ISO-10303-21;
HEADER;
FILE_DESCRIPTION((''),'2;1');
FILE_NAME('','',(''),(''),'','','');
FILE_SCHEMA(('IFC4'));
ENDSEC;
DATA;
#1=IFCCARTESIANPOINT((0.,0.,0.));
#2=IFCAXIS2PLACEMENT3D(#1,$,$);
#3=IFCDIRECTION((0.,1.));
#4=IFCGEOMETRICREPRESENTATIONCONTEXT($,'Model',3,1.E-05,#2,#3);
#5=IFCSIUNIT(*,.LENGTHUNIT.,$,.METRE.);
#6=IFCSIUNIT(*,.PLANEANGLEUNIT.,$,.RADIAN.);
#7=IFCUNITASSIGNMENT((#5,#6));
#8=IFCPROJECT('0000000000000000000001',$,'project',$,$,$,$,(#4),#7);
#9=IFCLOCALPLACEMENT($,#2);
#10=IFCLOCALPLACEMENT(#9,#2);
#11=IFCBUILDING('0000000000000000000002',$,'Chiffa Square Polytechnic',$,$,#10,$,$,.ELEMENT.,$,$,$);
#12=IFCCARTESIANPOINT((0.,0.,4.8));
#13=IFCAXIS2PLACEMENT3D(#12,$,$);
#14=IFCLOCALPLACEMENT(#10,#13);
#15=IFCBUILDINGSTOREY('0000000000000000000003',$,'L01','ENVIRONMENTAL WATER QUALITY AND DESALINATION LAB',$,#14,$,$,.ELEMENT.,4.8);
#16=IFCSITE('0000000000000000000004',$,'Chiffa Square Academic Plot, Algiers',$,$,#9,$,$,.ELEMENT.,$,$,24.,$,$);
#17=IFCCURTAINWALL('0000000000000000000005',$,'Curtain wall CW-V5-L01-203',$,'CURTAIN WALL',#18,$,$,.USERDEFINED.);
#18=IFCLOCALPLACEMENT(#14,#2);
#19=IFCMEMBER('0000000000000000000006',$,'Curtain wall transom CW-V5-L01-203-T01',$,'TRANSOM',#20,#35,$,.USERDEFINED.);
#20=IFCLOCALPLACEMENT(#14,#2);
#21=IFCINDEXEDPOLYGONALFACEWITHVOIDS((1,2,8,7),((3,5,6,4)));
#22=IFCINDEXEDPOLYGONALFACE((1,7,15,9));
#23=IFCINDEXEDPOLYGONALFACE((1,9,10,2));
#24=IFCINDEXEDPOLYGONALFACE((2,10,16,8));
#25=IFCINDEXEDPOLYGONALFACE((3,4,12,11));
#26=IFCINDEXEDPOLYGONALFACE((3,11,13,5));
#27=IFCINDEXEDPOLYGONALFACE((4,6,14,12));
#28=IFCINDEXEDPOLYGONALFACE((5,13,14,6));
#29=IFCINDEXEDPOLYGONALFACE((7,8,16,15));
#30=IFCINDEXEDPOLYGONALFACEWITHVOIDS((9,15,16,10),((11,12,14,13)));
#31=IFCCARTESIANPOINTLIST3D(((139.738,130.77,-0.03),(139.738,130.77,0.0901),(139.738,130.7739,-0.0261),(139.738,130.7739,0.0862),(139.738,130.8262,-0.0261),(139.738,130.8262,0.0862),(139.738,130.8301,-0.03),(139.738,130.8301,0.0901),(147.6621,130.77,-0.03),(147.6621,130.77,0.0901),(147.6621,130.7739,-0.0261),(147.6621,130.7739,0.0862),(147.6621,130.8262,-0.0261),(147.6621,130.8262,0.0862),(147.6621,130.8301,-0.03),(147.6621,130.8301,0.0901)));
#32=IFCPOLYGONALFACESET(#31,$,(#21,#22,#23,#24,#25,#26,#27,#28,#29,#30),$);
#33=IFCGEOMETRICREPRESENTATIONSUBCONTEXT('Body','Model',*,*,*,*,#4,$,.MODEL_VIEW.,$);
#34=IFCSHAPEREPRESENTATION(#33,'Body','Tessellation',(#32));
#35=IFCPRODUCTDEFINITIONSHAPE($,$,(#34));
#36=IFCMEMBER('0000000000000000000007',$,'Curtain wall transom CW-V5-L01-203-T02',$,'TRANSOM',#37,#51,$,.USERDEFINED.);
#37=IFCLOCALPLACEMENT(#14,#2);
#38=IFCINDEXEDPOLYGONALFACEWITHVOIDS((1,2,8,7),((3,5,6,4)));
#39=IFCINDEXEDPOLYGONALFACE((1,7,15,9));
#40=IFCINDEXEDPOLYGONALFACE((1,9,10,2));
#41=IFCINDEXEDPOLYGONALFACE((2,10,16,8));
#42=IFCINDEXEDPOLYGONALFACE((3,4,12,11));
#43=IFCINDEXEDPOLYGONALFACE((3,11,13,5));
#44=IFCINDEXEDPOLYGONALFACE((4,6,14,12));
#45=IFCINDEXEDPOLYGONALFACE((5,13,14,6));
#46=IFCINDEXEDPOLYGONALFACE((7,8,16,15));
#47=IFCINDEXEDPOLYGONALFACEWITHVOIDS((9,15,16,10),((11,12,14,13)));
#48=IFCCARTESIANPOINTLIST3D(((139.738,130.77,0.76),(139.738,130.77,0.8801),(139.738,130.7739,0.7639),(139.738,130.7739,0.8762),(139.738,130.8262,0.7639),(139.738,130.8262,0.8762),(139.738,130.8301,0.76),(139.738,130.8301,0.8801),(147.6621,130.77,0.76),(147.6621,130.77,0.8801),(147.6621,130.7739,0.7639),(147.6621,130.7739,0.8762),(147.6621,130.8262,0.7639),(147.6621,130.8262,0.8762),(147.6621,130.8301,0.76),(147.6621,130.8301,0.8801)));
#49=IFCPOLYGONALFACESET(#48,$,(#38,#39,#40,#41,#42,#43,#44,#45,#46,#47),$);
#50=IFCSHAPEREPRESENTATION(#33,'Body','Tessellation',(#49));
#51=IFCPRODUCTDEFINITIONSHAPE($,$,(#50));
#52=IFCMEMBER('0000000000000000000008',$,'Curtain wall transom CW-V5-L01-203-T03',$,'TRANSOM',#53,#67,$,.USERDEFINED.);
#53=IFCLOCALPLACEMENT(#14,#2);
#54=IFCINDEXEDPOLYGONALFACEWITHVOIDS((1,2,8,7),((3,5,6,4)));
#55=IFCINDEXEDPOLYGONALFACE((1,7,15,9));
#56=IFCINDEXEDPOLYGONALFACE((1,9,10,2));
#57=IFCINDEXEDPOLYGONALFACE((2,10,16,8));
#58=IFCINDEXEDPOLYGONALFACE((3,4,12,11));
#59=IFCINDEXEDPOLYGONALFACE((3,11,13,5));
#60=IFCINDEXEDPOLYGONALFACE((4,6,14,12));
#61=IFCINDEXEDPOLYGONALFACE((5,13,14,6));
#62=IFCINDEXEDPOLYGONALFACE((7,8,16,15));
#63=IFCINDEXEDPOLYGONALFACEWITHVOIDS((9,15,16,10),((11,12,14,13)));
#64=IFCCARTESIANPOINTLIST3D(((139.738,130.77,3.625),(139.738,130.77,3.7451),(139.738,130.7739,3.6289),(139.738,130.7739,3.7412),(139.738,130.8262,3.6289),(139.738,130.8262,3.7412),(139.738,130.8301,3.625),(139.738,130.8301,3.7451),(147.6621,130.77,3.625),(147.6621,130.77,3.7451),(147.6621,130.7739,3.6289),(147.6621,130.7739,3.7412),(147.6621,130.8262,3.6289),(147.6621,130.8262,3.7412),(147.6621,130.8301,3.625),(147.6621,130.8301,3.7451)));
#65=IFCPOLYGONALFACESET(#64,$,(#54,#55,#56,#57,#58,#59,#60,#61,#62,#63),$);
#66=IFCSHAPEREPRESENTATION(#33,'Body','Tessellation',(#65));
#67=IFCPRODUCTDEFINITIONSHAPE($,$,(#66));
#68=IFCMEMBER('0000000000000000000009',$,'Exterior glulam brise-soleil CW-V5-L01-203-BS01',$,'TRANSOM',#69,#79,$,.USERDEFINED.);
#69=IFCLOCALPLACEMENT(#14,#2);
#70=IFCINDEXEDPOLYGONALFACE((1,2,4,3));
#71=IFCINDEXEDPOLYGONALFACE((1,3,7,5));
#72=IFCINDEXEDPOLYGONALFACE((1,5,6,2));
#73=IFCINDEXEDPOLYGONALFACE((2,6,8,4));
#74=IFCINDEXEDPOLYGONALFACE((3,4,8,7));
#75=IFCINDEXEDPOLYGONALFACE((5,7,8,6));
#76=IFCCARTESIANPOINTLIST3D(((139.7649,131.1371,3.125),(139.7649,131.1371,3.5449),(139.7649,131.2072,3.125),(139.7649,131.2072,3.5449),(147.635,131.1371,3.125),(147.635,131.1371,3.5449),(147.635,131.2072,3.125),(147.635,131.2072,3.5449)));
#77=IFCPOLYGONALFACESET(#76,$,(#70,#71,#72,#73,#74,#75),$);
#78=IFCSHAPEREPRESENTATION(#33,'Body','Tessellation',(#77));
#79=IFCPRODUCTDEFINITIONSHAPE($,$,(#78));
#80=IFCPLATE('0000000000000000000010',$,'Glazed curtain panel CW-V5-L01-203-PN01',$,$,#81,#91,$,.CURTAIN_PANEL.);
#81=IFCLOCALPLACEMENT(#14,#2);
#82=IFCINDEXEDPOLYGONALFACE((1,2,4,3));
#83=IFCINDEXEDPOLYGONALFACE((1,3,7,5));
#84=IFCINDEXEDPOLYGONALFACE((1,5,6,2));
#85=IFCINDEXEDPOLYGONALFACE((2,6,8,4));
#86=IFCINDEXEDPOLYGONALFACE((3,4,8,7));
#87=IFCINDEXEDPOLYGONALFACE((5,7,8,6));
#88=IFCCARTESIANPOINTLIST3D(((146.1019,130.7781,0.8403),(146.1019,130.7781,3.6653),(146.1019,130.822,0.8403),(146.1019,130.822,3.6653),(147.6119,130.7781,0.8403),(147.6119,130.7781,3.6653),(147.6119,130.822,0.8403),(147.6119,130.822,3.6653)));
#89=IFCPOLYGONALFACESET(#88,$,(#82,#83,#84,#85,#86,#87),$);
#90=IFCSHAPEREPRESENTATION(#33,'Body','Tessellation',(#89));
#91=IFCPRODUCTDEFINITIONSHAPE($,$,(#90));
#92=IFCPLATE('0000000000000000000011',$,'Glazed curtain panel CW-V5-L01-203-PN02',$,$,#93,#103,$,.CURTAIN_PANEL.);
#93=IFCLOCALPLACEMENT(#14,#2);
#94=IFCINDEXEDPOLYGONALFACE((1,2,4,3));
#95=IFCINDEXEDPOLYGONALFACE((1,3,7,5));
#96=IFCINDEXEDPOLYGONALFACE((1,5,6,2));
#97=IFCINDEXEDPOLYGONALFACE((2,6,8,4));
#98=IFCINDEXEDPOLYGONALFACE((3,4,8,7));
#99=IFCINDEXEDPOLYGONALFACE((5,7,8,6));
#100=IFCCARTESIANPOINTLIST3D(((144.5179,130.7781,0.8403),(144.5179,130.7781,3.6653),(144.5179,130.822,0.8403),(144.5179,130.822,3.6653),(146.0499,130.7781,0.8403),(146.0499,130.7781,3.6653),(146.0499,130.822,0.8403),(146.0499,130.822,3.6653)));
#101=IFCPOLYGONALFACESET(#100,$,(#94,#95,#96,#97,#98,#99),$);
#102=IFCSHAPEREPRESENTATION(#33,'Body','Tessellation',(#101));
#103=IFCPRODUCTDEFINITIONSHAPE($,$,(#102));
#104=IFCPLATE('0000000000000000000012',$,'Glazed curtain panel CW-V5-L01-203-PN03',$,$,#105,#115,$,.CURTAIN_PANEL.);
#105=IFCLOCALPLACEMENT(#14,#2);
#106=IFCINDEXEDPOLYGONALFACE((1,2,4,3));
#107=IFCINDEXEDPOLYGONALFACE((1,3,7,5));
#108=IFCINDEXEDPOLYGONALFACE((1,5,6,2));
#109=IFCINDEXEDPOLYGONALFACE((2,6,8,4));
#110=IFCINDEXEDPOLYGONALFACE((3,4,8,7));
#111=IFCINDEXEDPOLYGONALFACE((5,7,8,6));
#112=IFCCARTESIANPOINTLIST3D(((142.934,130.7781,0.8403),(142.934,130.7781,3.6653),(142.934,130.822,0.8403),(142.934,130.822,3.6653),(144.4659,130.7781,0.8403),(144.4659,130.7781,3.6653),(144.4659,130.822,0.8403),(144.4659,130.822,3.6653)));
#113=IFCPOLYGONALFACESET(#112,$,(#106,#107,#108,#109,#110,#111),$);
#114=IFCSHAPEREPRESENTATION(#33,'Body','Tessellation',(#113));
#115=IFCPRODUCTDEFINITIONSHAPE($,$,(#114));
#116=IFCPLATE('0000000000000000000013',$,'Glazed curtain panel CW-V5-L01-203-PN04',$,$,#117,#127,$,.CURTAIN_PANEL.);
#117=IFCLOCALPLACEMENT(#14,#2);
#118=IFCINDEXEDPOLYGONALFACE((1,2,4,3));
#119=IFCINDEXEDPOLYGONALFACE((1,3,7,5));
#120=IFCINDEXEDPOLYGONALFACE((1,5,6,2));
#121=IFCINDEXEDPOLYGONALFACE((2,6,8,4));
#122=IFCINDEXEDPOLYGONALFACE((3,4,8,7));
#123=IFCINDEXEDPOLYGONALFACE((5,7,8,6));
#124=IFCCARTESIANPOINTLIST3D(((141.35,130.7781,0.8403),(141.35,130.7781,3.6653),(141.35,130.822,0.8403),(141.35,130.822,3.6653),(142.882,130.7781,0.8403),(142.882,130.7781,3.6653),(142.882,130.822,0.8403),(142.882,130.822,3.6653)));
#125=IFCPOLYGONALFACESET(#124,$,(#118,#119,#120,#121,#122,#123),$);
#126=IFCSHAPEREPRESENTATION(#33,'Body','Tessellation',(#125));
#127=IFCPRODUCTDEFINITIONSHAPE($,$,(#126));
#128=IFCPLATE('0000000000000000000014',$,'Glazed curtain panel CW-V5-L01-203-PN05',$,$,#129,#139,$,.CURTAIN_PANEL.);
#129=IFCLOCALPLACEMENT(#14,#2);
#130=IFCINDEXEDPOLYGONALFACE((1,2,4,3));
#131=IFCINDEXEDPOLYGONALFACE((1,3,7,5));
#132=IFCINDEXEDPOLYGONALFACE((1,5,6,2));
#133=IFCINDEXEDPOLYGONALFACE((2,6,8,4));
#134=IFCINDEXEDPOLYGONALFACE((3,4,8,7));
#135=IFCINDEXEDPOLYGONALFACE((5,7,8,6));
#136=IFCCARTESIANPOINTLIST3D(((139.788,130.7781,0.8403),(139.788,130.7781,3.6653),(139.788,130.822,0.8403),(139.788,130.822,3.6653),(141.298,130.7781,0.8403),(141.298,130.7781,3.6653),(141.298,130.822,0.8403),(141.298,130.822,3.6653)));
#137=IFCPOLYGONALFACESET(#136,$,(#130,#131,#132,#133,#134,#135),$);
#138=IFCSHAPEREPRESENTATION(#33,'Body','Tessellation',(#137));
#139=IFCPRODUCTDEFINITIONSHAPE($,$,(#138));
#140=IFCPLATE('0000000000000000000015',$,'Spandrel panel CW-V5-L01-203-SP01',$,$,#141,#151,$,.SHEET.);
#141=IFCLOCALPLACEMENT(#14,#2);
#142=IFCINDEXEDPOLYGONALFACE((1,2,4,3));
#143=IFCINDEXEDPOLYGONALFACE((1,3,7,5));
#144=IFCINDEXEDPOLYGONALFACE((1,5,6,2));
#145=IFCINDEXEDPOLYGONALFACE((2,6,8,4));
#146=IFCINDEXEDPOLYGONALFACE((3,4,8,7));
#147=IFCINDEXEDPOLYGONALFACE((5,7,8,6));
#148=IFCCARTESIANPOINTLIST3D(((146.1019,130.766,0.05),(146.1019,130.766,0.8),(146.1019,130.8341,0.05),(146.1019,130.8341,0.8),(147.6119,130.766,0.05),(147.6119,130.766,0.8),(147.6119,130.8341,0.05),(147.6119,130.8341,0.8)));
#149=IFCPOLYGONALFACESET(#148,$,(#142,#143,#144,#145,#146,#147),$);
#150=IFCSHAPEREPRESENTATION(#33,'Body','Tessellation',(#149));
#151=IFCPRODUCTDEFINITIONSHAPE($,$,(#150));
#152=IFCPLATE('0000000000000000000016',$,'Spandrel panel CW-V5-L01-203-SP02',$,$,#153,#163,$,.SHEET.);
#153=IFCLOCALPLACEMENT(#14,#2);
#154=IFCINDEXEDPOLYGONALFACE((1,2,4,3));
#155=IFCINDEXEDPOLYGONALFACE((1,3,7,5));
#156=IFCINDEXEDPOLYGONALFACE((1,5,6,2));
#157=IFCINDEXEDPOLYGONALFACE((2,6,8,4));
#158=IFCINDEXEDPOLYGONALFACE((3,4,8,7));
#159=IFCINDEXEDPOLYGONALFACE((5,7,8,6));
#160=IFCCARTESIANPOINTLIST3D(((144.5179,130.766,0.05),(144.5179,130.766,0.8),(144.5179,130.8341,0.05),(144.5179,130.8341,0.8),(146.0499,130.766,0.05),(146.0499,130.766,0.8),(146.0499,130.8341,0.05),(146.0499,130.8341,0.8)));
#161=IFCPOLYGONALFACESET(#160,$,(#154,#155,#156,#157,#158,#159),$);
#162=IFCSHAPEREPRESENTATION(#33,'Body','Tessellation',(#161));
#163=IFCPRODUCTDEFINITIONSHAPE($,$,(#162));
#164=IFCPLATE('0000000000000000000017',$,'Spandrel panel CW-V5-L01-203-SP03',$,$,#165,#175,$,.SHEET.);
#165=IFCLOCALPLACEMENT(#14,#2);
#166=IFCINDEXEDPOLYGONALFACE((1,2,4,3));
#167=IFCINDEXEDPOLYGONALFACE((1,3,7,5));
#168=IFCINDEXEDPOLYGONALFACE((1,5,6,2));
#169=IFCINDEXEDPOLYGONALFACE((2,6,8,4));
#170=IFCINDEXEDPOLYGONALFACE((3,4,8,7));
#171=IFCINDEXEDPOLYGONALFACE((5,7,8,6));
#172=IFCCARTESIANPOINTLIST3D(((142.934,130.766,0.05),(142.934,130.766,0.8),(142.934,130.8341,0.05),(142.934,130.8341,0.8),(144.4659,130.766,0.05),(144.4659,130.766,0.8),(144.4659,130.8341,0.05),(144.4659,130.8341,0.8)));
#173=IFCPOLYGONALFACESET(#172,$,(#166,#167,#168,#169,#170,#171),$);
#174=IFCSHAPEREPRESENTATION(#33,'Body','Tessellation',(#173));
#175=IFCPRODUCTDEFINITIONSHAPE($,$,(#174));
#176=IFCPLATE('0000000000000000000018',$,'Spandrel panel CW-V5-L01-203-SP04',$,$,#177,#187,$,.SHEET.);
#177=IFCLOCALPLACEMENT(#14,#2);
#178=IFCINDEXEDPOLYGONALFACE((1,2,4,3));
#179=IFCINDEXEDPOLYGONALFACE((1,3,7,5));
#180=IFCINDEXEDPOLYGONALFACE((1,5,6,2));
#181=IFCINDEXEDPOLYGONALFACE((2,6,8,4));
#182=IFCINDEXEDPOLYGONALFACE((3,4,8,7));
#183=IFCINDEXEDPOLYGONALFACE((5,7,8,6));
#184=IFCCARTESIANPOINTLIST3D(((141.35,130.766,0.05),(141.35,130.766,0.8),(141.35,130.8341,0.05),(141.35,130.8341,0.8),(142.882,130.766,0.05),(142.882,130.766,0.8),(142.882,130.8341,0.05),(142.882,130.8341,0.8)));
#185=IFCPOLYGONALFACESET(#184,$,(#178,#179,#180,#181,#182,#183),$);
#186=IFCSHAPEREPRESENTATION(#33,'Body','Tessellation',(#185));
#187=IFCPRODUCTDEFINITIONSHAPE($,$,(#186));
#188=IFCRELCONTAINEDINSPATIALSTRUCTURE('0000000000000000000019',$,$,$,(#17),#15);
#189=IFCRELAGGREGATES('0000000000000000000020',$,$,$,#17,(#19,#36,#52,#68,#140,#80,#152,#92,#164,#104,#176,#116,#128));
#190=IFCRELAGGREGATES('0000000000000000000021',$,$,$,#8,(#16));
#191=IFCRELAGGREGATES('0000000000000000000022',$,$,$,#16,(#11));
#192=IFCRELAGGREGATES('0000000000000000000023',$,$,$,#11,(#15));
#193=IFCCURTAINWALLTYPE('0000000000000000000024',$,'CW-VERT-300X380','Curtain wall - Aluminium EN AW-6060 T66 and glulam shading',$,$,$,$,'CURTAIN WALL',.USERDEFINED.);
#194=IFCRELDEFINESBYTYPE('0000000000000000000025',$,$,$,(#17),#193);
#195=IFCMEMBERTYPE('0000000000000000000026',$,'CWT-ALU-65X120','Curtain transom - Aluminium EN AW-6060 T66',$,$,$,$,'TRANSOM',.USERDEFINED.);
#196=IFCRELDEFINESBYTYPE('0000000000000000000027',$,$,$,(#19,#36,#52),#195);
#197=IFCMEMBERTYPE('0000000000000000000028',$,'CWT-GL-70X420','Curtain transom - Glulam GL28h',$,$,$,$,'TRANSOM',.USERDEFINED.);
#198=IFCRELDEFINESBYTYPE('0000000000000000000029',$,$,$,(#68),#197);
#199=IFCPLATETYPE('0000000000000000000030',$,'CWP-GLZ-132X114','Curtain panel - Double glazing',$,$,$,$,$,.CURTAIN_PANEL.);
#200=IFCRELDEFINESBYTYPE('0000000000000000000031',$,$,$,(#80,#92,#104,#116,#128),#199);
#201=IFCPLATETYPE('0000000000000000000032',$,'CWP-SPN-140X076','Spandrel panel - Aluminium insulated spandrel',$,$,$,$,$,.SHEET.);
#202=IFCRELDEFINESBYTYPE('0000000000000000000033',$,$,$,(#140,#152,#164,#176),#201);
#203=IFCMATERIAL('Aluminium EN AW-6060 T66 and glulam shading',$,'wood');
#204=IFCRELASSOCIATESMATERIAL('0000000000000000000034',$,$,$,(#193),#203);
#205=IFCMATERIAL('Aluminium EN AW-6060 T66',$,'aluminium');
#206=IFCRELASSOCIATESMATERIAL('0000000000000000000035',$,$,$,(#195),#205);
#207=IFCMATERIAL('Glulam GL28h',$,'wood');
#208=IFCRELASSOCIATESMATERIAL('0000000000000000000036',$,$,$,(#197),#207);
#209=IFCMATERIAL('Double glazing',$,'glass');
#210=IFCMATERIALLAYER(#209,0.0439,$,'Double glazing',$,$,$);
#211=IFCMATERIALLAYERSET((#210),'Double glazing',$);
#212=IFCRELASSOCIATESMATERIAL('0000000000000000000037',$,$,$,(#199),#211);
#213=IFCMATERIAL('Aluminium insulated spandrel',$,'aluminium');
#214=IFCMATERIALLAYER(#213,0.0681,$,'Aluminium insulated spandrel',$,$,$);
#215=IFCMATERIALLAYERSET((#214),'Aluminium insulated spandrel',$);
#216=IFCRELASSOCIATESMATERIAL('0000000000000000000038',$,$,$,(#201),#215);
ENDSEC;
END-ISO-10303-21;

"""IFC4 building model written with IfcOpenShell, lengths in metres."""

from ifc_helpers import new_model, si_unit, direction, frame, origin, origin_2d, place, context, subcontext, project, spatial, rectangle, hollow_rectangle, extrude, material, layer, layer_set, material_profile, profile_set, type_object, element, aggregate, save


model = new_model("IFC4")

# Units and contexts
model_context = context("Model", 3, precision=1e-05, world=origin(), true_north=direction((0.0, 1.0)))
body_context = subcontext(model_context, "Body", "Model", "MODEL_VIEW")
ifc_project = project(units=[si_unit("LENGTHUNIT", "METRE"), si_unit("PLANEANGLEUNIT", "RADIAN")], contexts=[model_context])

# Site, building, storey
site_placement = place(None, origin())
site = spatial("IfcSite", under=ifc_project, at=site_placement, Name="Chiffa Square Academic Plot, Algiers", CompositionType="ELEMENT", RefElevation=24.0)
building_placement = place(site_placement, origin())
building = spatial("IfcBuilding", under=site, at=building_placement, Name="Chiffa Square Polytechnic", CompositionType="ELEMENT")
storey_placement = place(building_placement, frame((0.0, 0.0, 4.8)))
storey = spatial("IfcBuildingStorey", under=building, at=storey_placement, Name="L01", Description="ENVIRONMENTAL WATER QUALITY AND DESALINATION LAB", CompositionType="ELEMENT", Elevation=4.8)

# Curtain wall, members, plates
ifc_material_1 = material(Name="Aluminium EN AW-6060 T66 and glulam shading", Category="wood")
curtain_wall_type = type_object("IfcCurtainWallType", Name="CW-VERT-300X380", Description="Curtain wall - Aluminium EN AW-6060 T66 and glulam shading", ElementType="CURTAIN WALL", PredefinedType="USERDEFINED", material=ifc_material_1)
curtain_wall_placement = place(storey_placement, origin())
curtain_wall = element("IfcCurtainWall", 1, at=curtain_wall_placement, inside=storey, type_object=curtain_wall_type, Name="Curtain wall CW-V5-L01-203", ObjectType="CURTAIN WALL", PredefinedType="USERDEFINED")
ifc_material_2 = material(Name="Aluminium EN AW-6060 T66", Category="aluminium")
ifc_material_3 = material(Name="Glulam GL28h", Category="wood")
ifc_material_profile_1 = material_profile(ifc_material_2, hollow_rectangle(XDim=0.0601, YDim=0.1201, WallThickness=0.0039, at=origin_2d()), Name="ALU 60x120x4")
ifc_profile_set_1 = profile_set([ifc_material_profile_1], Name="Aluminium EN AW-6060 T66")
member_type_1 = type_object("IfcMemberType", Name="CWT-ALU-65X120", Description="Curtain transom - Aluminium EN AW-6060 T66", ElementType="TRANSOM", PredefinedType="USERDEFINED", material=ifc_profile_set_1)
member_1_placement = place(storey_placement, frame((147.6621, 130.8, 0.03), z_axis=(-1.0, 0.0, 0.0), x_axis=(0.0, -1.0, 0.0)))
member_1 = element("IfcMember", 2, at=member_1_placement, type_object=member_type_1, Name="Curtain wall transom CW-V5-L01-203-T01", ObjectType="TRANSOM", PredefinedType="USERDEFINED", context=body_context, shape_type="SweptSolid", body=[
    extrude(hollow_rectangle(XDim=0.0601, YDim=0.1201, WallThickness=0.0039, at=origin_2d()), origin(), (0.0, 0.0, 1.0), 7.9241),
])
member_2_placement = place(storey_placement, frame((147.6621, 130.8, 0.8201), z_axis=(-1.0, 0.0, 0.0), x_axis=(0.0, -1.0, 0.0)))
member_2 = element("IfcMember", 3, at=member_2_placement, type_object=member_type_1, Name="Curtain wall transom CW-V5-L01-203-T02", ObjectType="TRANSOM", PredefinedType="USERDEFINED", context=body_context, shape_type="SweptSolid", body=[
    extrude(hollow_rectangle(XDim=0.0601, YDim=0.1201, WallThickness=0.0039, at=origin_2d()), origin(), (0.0, 0.0, 1.0), 7.9241),
])
member_3_placement = place(storey_placement, frame((147.6621, 130.8, 3.6851), z_axis=(-1.0, 0.0, 0.0), x_axis=(0.0, -1.0, 0.0)))
member_3 = element("IfcMember", 4, at=member_3_placement, type_object=member_type_1, Name="Curtain wall transom CW-V5-L01-203-T03", ObjectType="TRANSOM", PredefinedType="USERDEFINED", context=body_context, shape_type="SweptSolid", body=[
    extrude(hollow_rectangle(XDim=0.0601, YDim=0.1201, WallThickness=0.0039, at=origin_2d()), origin(), (0.0, 0.0, 1.0), 7.9241),
])
ifc_material_profile_2 = material_profile(ifc_material_3, rectangle(XDim=0.0701, YDim=0.4199, at=origin_2d()), Name="GL28h 70x420")
ifc_profile_set_2 = profile_set([ifc_material_profile_2], Name="Glulam GL28h")
member_type_2 = type_object("IfcMemberType", Name="CWT-GL-70X420", Description="Curtain transom - Glulam GL28h", ElementType="TRANSOM", PredefinedType="USERDEFINED", material=ifc_profile_set_2)
member_4_placement = place(storey_placement, frame((147.635, 131.1721, 3.335), z_axis=(-1.0, 0.0, 0.0), x_axis=(0.0, -1.0, 0.0)))
member_4 = element("IfcMember", 5, at=member_4_placement, type_object=member_type_2, Name="Exterior glulam brise-soleil CW-V5-L01-203-BS01", ObjectType="TRANSOM", PredefinedType="USERDEFINED", context=body_context, shape_type="SweptSolid", body=[
    extrude(rectangle(XDim=0.0701, YDim=0.4199, at=origin_2d()), origin(), (0.0, 0.0, 1.0), 7.8701),
])
ifc_material_4 = material(Name="Double glazing", Category="glass")
ifc_layer_1 = layer(ifc_material_4, 0.0439, Name="Double glazing")
ifc_layer_set_1 = layer_set([ifc_layer_1], Name="Double glazing")
plate_type_1 = type_object("IfcPlateType", Name="CWP-GLZ-132X114", Description="Curtain panel - Double glazing", PredefinedType="CURTAIN_PANEL", material=ifc_layer_set_1)
plate_1_placement = place(storey_placement, frame((146.8569, 130.8, 0.8403), z_axis=(0.0, 0.0, 1.0), x_axis=(-1.0, 0.0, 0.0)))
plate_1 = element("IfcPlate", 6, at=plate_1_placement, type_object=plate_type_1, Name="Glazed curtain panel CW-V5-L01-203-PN01", PredefinedType="CURTAIN_PANEL", context=body_context, shape_type="SweptSolid", body=[
    extrude(rectangle(XDim=1.51, YDim=0.0439, at=origin_2d()), origin(), (0.0, 0.0, 1.0), 2.825),
])
plate_2_placement = place(storey_placement, frame((145.2839, 130.8, 0.8403), z_axis=(0.0, 0.0, 1.0), x_axis=(-1.0, 0.0, 0.0)))
plate_2 = element("IfcPlate", 7, at=plate_2_placement, type_object=plate_type_1, Name="Glazed curtain panel CW-V5-L01-203-PN02", PredefinedType="CURTAIN_PANEL", context=body_context, shape_type="SweptSolid", body=[
    extrude(rectangle(XDim=1.532, YDim=0.0439, at=origin_2d()), origin(), (0.0, 0.0, 1.0), 2.825),
])
plate_3_placement = place(storey_placement, frame((143.7, 130.8, 0.8403), z_axis=(0.0, 0.0, 1.0), x_axis=(-1.0, 0.0, 0.0)))
plate_3 = element("IfcPlate", 8, at=plate_3_placement, type_object=plate_type_1, Name="Glazed curtain panel CW-V5-L01-203-PN03", PredefinedType="CURTAIN_PANEL", context=body_context, shape_type="SweptSolid", body=[
    extrude(rectangle(XDim=1.532, YDim=0.0439, at=origin_2d()), origin(), (0.0, 0.0, 1.0), 2.825),
])
plate_4_placement = place(storey_placement, frame((142.116, 130.8, 0.8403), z_axis=(0.0, 0.0, 1.0), x_axis=(-1.0, 0.0, 0.0)))
plate_4 = element("IfcPlate", 9, at=plate_4_placement, type_object=plate_type_1, Name="Glazed curtain panel CW-V5-L01-203-PN04", PredefinedType="CURTAIN_PANEL", context=body_context, shape_type="SweptSolid", body=[
    extrude(rectangle(XDim=1.532, YDim=0.0439, at=origin_2d()), origin(), (0.0, 0.0, 1.0), 2.825),
])
plate_5_placement = place(storey_placement, frame((140.543, 130.8, 0.8403), z_axis=(0.0, 0.0, 1.0), x_axis=(-1.0, 0.0, 0.0)))
plate_5 = element("IfcPlate", 10, at=plate_5_placement, type_object=plate_type_1, Name="Glazed curtain panel CW-V5-L01-203-PN05", PredefinedType="CURTAIN_PANEL", context=body_context, shape_type="SweptSolid", body=[
    extrude(rectangle(XDim=1.51, YDim=0.0439, at=origin_2d()), origin(), (0.0, 0.0, 1.0), 2.825),
])
ifc_material_5 = material(Name="Aluminium insulated spandrel", Category="aluminium")
ifc_layer_2 = layer(ifc_material_5, 0.0681, Name="Aluminium insulated spandrel")
ifc_layer_set_2 = layer_set([ifc_layer_2], Name="Aluminium insulated spandrel")
plate_type_2 = type_object("IfcPlateType", Name="CWP-SPN-140X076", Description="Spandrel panel - Aluminium insulated spandrel", PredefinedType="SHEET", material=ifc_layer_set_2)
plate_6_placement = place(storey_placement, frame((146.8569, 130.8, 0.05), z_axis=(0.0, 0.0, 1.0), x_axis=(-1.0, 0.0, 0.0)))
plate_6 = element("IfcPlate", 11, at=plate_6_placement, type_object=plate_type_2, Name="Spandrel panel CW-V5-L01-203-SP01", PredefinedType="SHEET", context=body_context, shape_type="SweptSolid", body=[
    extrude(rectangle(XDim=1.51, YDim=0.0681, at=origin_2d()), origin(), (0.0, 0.0, 1.0), 0.75),
])
plate_7_placement = place(storey_placement, frame((145.2839, 130.8, 0.05), z_axis=(0.0, 0.0, 1.0), x_axis=(-1.0, 0.0, 0.0)))
plate_7 = element("IfcPlate", 12, at=plate_7_placement, type_object=plate_type_2, Name="Spandrel panel CW-V5-L01-203-SP02", PredefinedType="SHEET", context=body_context, shape_type="SweptSolid", body=[
    extrude(rectangle(XDim=1.532, YDim=0.0681, at=origin_2d()), origin(), (0.0, 0.0, 1.0), 0.75),
])
plate_8_placement = place(storey_placement, frame((143.7, 130.8, 0.05), z_axis=(0.0, 0.0, 1.0), x_axis=(-1.0, 0.0, 0.0)))
plate_8 = element("IfcPlate", 13, at=plate_8_placement, type_object=plate_type_2, Name="Spandrel panel CW-V5-L01-203-SP03", PredefinedType="SHEET", context=body_context, shape_type="SweptSolid", body=[
    extrude(rectangle(XDim=1.532, YDim=0.0681, at=origin_2d()), origin(), (0.0, 0.0, 1.0), 0.75),
])
plate_9_placement = place(storey_placement, frame((142.116, 130.8, 0.05), z_axis=(0.0, 0.0, 1.0), x_axis=(-1.0, 0.0, 0.0)))
plate_9 = element("IfcPlate", 14, at=plate_9_placement, type_object=plate_type_2, Name="Spandrel panel CW-V5-L01-203-SP04", PredefinedType="SHEET", context=body_context, shape_type="SweptSolid", body=[
    extrude(rectangle(XDim=1.532, YDim=0.0681, at=origin_2d()), origin(), (0.0, 0.0, 1.0), 0.75),
])
aggregate(curtain_wall, [member_1, member_2, member_3, member_4, plate_6, plate_1, plate_7, plate_2, plate_8, plate_3, plate_9, plate_4, plate_5])

save(model, "model.ifc")
